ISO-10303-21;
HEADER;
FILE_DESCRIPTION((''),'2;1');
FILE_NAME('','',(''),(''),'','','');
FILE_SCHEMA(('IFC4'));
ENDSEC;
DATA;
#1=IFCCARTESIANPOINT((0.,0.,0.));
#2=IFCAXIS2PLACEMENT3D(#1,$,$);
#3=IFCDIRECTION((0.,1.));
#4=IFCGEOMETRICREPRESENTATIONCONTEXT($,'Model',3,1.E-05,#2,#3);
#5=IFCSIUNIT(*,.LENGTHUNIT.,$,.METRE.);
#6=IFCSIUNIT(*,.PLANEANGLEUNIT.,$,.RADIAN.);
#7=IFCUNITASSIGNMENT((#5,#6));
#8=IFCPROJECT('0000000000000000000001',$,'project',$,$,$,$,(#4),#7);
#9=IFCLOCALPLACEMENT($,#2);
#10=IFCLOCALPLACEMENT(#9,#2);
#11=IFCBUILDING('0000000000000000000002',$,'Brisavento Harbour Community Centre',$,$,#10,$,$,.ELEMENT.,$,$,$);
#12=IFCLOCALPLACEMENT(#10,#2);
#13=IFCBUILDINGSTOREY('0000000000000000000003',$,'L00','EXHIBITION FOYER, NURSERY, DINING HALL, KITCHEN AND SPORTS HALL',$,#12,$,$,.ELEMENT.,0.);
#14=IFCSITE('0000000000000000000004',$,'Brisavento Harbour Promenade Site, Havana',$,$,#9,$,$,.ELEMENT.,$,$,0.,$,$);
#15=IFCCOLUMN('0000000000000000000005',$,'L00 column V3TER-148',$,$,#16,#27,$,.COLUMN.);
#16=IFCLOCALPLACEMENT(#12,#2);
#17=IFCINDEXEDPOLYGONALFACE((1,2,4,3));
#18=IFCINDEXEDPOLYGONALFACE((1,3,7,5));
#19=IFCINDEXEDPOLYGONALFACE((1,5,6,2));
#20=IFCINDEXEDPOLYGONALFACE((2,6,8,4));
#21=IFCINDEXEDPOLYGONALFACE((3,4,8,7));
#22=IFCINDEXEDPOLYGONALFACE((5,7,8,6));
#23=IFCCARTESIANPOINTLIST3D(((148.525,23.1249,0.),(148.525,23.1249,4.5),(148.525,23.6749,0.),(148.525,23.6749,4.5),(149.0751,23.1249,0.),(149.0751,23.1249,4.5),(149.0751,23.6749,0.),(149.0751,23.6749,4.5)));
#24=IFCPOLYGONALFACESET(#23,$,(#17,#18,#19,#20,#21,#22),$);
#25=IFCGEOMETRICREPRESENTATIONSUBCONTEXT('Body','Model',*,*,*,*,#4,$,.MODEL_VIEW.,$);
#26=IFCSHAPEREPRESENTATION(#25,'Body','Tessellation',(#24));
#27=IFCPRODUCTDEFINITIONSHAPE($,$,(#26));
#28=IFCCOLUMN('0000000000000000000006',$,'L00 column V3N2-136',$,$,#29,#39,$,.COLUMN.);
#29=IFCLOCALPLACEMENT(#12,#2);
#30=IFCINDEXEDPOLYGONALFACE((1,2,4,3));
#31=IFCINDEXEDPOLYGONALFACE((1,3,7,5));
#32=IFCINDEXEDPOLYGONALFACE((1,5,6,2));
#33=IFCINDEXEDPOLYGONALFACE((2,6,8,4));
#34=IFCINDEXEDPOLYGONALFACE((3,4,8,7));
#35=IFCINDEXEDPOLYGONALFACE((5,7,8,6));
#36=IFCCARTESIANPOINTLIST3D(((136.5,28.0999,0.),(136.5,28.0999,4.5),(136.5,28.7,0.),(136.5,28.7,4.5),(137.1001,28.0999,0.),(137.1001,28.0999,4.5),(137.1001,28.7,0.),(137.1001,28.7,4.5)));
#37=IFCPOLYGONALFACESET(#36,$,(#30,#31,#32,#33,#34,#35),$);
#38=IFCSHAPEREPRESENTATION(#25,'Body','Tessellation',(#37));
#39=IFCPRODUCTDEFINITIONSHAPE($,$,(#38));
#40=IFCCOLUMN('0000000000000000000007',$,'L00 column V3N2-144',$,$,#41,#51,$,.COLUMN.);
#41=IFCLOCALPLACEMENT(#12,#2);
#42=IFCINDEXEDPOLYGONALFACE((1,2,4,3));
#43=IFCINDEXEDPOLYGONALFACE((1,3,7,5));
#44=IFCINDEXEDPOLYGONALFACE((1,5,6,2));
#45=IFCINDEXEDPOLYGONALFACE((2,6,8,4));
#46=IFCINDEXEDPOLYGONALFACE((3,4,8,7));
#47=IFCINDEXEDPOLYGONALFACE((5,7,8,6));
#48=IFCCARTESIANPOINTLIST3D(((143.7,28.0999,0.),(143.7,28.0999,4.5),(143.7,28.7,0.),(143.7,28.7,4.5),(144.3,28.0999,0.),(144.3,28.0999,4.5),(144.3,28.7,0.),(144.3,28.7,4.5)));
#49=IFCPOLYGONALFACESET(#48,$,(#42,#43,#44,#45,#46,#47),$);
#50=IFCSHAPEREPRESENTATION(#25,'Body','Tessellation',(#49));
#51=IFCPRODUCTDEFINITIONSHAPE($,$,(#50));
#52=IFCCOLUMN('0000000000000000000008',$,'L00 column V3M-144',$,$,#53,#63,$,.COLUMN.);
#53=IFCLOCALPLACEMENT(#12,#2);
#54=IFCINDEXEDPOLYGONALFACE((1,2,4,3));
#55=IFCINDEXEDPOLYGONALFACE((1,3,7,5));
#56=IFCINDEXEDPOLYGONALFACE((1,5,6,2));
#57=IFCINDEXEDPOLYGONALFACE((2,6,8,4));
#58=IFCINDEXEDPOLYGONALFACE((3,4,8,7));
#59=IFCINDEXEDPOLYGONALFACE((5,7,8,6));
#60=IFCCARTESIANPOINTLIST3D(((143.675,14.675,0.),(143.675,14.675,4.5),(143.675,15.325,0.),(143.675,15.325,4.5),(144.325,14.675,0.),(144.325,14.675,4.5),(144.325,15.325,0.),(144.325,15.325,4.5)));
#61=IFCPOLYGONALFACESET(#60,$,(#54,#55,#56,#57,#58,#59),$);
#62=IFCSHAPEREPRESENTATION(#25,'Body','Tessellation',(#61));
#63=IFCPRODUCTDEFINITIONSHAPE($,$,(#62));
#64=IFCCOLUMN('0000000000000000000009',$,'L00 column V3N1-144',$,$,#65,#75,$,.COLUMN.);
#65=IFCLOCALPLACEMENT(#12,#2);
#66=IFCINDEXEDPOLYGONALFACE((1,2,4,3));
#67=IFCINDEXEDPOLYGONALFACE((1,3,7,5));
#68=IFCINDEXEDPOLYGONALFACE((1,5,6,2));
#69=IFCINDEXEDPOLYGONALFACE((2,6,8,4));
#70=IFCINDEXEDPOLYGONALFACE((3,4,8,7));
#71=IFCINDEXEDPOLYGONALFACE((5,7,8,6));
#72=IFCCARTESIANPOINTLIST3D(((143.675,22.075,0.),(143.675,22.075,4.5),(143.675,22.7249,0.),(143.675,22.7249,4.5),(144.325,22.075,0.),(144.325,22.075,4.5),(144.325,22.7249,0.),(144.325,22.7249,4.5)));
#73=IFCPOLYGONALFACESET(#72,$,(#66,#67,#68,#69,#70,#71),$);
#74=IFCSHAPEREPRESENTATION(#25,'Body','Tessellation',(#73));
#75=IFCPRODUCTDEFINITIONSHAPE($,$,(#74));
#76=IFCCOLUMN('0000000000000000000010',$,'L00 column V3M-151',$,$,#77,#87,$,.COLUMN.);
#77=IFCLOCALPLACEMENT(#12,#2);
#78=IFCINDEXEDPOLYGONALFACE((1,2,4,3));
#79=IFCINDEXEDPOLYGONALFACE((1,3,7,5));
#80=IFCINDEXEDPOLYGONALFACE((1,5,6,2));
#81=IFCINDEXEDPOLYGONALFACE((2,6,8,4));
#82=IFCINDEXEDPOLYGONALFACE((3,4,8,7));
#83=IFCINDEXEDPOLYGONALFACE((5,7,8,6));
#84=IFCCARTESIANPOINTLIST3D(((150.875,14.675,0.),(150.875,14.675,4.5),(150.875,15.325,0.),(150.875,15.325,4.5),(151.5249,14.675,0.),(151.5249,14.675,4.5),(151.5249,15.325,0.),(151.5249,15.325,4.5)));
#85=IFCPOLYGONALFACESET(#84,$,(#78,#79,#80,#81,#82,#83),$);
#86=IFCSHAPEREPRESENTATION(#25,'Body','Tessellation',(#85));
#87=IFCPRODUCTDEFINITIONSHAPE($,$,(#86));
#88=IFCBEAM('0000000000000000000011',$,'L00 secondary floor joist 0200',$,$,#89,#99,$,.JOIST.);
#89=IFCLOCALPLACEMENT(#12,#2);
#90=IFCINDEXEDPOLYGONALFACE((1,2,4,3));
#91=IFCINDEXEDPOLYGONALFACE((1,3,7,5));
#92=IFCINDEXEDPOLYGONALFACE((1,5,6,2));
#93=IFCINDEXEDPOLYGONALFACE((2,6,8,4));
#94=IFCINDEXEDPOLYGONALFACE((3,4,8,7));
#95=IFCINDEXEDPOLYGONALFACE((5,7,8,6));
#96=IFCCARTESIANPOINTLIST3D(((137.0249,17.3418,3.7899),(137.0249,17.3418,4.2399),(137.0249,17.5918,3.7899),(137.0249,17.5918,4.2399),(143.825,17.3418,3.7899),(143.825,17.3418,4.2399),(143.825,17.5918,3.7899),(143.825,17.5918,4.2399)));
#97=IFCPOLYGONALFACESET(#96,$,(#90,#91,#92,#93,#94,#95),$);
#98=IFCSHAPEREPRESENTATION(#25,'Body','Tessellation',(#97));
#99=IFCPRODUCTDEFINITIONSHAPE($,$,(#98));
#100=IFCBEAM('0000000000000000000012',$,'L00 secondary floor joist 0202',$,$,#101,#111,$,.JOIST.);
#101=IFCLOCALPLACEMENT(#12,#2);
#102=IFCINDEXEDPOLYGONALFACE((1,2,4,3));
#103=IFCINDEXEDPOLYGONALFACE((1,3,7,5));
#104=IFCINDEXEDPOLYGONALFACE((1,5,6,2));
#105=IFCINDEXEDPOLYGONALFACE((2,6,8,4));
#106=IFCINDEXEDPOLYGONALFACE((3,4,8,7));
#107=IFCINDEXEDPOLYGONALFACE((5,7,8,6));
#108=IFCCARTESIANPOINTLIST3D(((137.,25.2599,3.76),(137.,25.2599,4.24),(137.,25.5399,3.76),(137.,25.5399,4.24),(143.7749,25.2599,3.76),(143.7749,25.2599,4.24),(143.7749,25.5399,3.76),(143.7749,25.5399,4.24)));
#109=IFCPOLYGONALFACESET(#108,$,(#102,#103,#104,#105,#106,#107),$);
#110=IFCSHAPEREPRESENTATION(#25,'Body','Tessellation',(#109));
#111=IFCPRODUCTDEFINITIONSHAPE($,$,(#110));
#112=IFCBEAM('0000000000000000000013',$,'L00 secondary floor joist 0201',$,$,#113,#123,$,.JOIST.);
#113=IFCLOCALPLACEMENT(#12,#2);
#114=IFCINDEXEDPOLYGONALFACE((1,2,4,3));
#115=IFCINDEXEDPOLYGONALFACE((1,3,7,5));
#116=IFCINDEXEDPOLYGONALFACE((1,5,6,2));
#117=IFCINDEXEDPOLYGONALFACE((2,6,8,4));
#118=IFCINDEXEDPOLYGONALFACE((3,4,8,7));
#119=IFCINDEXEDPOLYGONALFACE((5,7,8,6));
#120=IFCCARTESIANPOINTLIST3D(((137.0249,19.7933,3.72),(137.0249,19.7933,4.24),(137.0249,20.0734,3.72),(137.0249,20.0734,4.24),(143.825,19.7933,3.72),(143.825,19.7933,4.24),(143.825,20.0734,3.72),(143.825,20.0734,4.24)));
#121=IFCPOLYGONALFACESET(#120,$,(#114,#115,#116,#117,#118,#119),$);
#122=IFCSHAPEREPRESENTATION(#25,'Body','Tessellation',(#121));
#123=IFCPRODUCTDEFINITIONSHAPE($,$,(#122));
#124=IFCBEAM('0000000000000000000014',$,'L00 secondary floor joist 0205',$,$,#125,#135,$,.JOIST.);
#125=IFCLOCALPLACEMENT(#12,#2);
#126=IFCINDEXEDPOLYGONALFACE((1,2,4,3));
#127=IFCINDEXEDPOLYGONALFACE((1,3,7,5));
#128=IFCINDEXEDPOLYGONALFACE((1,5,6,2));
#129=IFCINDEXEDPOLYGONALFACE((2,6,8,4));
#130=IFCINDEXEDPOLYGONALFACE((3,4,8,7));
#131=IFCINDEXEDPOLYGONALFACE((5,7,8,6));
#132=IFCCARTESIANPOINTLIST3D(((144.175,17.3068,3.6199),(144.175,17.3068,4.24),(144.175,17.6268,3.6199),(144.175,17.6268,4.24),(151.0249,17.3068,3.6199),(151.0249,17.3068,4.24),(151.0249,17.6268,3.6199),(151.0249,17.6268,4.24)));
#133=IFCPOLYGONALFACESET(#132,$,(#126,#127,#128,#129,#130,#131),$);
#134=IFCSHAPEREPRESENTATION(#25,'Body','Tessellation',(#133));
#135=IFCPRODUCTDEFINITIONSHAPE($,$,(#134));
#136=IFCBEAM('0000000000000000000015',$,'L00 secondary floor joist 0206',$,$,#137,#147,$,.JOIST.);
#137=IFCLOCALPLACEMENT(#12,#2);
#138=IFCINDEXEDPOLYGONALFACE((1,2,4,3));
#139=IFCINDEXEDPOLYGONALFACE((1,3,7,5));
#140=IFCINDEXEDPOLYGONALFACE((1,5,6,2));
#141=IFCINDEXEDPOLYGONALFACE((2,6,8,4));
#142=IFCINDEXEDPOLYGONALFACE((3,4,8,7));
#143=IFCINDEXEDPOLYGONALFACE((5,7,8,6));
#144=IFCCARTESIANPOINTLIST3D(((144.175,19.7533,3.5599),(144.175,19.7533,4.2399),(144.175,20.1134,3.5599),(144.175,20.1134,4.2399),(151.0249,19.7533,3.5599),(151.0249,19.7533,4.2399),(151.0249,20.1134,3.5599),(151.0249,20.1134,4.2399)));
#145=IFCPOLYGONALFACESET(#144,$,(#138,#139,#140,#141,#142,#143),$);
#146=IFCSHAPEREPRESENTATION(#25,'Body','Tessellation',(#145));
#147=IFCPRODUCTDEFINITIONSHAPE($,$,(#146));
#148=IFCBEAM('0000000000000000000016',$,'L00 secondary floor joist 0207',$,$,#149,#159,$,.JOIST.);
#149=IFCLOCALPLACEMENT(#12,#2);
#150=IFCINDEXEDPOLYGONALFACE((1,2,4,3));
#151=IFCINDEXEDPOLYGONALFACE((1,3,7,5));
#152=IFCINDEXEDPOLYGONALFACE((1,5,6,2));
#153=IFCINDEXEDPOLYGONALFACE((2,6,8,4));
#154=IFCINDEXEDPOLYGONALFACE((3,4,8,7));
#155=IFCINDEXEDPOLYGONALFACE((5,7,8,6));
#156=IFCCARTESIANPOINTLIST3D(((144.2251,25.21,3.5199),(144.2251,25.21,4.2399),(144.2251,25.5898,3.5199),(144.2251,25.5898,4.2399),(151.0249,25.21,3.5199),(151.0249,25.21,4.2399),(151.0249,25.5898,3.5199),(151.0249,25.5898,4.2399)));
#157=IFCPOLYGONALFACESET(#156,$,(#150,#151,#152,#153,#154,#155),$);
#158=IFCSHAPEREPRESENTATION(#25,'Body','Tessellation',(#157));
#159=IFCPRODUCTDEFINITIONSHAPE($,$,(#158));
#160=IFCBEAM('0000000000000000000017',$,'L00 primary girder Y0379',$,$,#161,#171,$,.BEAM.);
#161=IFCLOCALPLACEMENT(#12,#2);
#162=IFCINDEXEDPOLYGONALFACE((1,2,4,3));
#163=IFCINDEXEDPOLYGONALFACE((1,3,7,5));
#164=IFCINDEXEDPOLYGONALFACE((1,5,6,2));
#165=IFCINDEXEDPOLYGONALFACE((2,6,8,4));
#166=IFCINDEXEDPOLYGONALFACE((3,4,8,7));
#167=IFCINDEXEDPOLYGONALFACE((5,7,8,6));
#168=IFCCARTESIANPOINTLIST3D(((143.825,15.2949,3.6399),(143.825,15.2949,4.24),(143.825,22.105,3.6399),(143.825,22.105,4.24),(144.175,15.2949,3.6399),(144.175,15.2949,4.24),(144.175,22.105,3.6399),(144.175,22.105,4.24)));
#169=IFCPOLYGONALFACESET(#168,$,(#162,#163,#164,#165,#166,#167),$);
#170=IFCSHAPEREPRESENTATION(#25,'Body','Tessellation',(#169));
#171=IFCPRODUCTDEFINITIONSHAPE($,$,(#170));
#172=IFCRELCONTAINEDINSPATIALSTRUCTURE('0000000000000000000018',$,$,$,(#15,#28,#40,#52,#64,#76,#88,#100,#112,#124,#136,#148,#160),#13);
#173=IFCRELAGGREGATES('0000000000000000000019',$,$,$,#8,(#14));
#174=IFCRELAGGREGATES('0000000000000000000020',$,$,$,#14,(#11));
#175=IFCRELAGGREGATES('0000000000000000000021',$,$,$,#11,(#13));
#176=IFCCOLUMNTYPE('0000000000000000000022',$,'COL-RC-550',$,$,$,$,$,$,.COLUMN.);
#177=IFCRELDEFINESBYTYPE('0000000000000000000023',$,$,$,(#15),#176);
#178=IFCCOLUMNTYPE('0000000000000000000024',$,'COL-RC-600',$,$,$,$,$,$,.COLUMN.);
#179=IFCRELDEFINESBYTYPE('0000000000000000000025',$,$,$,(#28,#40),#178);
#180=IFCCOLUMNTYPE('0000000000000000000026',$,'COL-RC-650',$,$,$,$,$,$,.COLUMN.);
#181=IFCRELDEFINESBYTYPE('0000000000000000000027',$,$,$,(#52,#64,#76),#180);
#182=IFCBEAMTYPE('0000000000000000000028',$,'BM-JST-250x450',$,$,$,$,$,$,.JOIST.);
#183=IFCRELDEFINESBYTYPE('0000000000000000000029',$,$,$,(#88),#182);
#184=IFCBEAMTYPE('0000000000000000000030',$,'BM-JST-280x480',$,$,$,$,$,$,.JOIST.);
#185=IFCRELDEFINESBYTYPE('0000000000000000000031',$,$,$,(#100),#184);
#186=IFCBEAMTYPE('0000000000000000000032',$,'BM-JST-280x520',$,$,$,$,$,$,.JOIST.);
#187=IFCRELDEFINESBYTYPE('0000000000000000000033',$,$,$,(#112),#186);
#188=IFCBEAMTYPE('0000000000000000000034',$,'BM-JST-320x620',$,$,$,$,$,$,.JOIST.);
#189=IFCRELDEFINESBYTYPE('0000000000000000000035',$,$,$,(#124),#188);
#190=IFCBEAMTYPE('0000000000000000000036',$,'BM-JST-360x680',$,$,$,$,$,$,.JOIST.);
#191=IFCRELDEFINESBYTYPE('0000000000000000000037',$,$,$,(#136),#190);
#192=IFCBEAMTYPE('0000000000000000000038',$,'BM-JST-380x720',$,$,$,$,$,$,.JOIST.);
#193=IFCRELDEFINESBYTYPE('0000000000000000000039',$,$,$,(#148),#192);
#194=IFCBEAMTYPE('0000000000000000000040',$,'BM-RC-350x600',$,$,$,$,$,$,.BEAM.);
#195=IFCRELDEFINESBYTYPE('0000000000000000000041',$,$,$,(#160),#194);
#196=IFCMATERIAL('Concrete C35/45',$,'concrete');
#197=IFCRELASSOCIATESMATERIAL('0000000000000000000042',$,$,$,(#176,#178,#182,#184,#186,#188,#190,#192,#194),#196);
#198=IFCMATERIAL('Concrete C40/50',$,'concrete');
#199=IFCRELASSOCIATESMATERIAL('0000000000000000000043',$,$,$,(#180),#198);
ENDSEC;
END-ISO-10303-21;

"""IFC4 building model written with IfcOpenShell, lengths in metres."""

from ifc_helpers import new_model, si_unit, direction, frame, origin, origin_2d, place, context, subcontext, project, spatial, rectangle, extrude, material, material_profile, profile_set, type_object, element, save


model = new_model("IFC4")

# Units and contexts
model_context = context("Model", 3, precision=1e-05, world=origin(), true_north=direction((0.0, 1.0)))
body_context = subcontext(model_context, "Body", "Model", "MODEL_VIEW")
ifc_project = project(units=[si_unit("LENGTHUNIT", "METRE"), si_unit("PLANEANGLEUNIT", "RADIAN")], contexts=[model_context])

# Site, building, storey
site_placement = place(None, origin())
site = spatial("IfcSite", under=ifc_project, at=site_placement, Name="Brisavento Harbour Promenade Site, Havana", CompositionType="ELEMENT", RefElevation=0.0)
building_placement = place(site_placement, origin())
building = spatial("IfcBuilding", under=site, at=building_placement, Name="Brisavento Harbour Community Centre", CompositionType="ELEMENT")
storey_placement = place(building_placement, origin())
storey = spatial("IfcBuildingStorey", under=building, at=storey_placement, Name="L00", Description="EXHIBITION FOYER, NURSERY, DINING HALL, KITCHEN AND SPORTS HALL", CompositionType="ELEMENT", Elevation=0.0)

# Columns
ifc_material_1 = material(Name="Concrete C35/45", Category="concrete")
ifc_material_profile_1 = material_profile(ifc_material_1, rectangle(XDim=0.55, YDim=0.55, at=origin_2d()), Name="Concrete C35/45")
ifc_profile_set_1 = profile_set([ifc_material_profile_1], Name="Concrete C35/45")
column_type_1 = type_object("IfcColumnType", Name="COL-RC-550", PredefinedType="COLUMN", material=ifc_profile_set_1)
column_placement = place(storey_placement, frame((148.8, 23.3999, 0.0), z_axis=(0.0, 0.0, 1.0), x_axis=(1.0, 0.0, 0.0)))
element("IfcColumn", 1, at=column_placement, inside=storey, type_object=column_type_1, Name="L00 column V3TER-148", PredefinedType="COLUMN", context=body_context, shape_type="SweptSolid", body=[
    extrude(rectangle(XDim=0.55, YDim=0.55, at=origin_2d()), origin(), (0.0, 0.0, 1.0), 4.5),
])
ifc_material_profile_2 = material_profile(ifc_material_1, rectangle(XDim=0.6001, YDim=0.6001, at=origin_2d()), Name="Concrete C35/45")
ifc_profile_set_2 = profile_set([ifc_material_profile_2], Name="Concrete C35/45")
column_type_2 = type_object("IfcColumnType", Name="COL-RC-600", PredefinedType="COLUMN", material=ifc_profile_set_2)
for number, where, z_axis, x_axis, name in (
    (2, (136.8, 28.3999, 0.0), (0.0, 0.0, 1.0), (1.0, 0.0, 0.0), "L00 column V3N2-136"),
    (3, (144.0, 28.3999, 0.0), (0.0, 0.0, 1.0), (1.0, 0.0, 0.0), "L00 column V3N2-144"),
):
    element("IfcColumn", number, at=place(storey_placement, frame(where, z_axis=z_axis, x_axis=x_axis)), inside=storey, type_object=column_type_2, Name=name, PredefinedType="COLUMN", context=body_context, shape_type="SweptSolid", body=[
        extrude(rectangle(XDim=0.6001, YDim=0.6001, at=origin_2d()), origin(), (0.0, 0.0, 1.0), 4.5),
    ])
ifc_material_2 = material(Name="Concrete C40/50", Category="concrete")
ifc_material_profile_3 = material_profile(ifc_material_2, rectangle(XDim=0.6499, YDim=0.6499, at=origin_2d()), Name="Concrete C40/50")
ifc_profile_set_3 = profile_set([ifc_material_profile_3], Name="Concrete C40/50")
column_type_3 = type_object("IfcColumnType", Name="COL-RC-650", PredefinedType="COLUMN", material=ifc_profile_set_3)
for number, where, z_axis, x_axis, name in (
    (4, (144.0, 15.0, 0.0), (0.0, 0.0, 1.0), (1.0, 0.0, 0.0), "L00 column V3M-144"),
    (5, (144.0, 22.3999, 0.0), (0.0, 0.0, 1.0), (1.0, 0.0, 0.0), "L00 column V3N1-144"),
    (6, (151.2, 15.0, 0.0), (0.0, 0.0, 1.0), (1.0, 0.0, 0.0), "L00 column V3M-151"),
):
    element("IfcColumn", number, at=place(storey_placement, frame(where, z_axis=z_axis, x_axis=x_axis)), inside=storey, type_object=column_type_3, Name=name, PredefinedType="COLUMN", context=body_context, shape_type="SweptSolid", body=[
        extrude(rectangle(XDim=0.6499, YDim=0.6499, at=origin_2d()), origin(), (0.0, 0.0, 1.0), 4.5),
    ])

# Beams
ifc_material_profile_4 = material_profile(ifc_material_1, rectangle(XDim=0.25, YDim=0.45, at=origin_2d()), Name="Concrete C35/45")
ifc_profile_set_4 = profile_set([ifc_material_profile_4], Name="Concrete C35/45")
beam_type_1 = type_object("IfcBeamType", Name="BM-JST-250x450", PredefinedType="JOIST", material=ifc_profile_set_4)
beam_1_placement = place(storey_placement, frame((137.0249, 17.4668, 4.0149), z_axis=(1.0, 0.0, 0.0), x_axis=(0.0, 1.0, 0.0)))
element("IfcBeam", 7, at=beam_1_placement, inside=storey, type_object=beam_type_1, Name="L00 secondary floor joist 0200", PredefinedType="JOIST", context=body_context, shape_type="SweptSolid", body=[
    extrude(rectangle(XDim=0.25, YDim=0.45, at=origin_2d()), origin(), (0.0, 0.0, 1.0), 6.8),
])
ifc_material_profile_5 = material_profile(ifc_material_1, rectangle(XDim=0.28, YDim=0.48, at=origin_2d()), Name="Concrete C35/45")
ifc_profile_set_5 = profile_set([ifc_material_profile_5], Name="Concrete C35/45")
beam_type_2 = type_object("IfcBeamType", Name="BM-JST-280x480", PredefinedType="JOIST", material=ifc_profile_set_5)
beam_2_placement = place(storey_placement, frame((137.0, 25.3999, 4.0), z_axis=(1.0, 0.0, 0.0), x_axis=(0.0, 1.0, 0.0)))
element("IfcBeam", 8, at=beam_2_placement, inside=storey, type_object=beam_type_2, Name="L00 secondary floor joist 0202", PredefinedType="JOIST", context=body_context, shape_type="SweptSolid", body=[
    extrude(rectangle(XDim=0.28, YDim=0.48, at=origin_2d()), origin(), (0.0, 0.0, 1.0), 6.7749),
])
ifc_material_profile_6 = material_profile(ifc_material_1, rectangle(XDim=0.28, YDim=0.52, at=origin_2d()), Name="Concrete C35/45")
ifc_profile_set_6 = profile_set([ifc_material_profile_6], Name="Concrete C35/45")
beam_type_3 = type_object("IfcBeamType", Name="BM-JST-280x520", PredefinedType="JOIST", material=ifc_profile_set_6)
beam_3_placement = place(storey_placement, frame((137.0249, 19.9333, 3.98), z_axis=(1.0, 0.0, 0.0), x_axis=(0.0, 1.0, 0.0)))
element("IfcBeam", 9, at=beam_3_placement, inside=storey, type_object=beam_type_3, Name="L00 secondary floor joist 0201", PredefinedType="JOIST", context=body_context, shape_type="SweptSolid", body=[
    extrude(rectangle(XDim=0.28, YDim=0.52, at=origin_2d()), origin(), (0.0, 0.0, 1.0), 6.8),
])
ifc_material_profile_7 = material_profile(ifc_material_1, rectangle(XDim=0.3201, YDim=0.6201, at=origin_2d()), Name="Concrete C35/45")
ifc_profile_set_7 = profile_set([ifc_material_profile_7], Name="Concrete C35/45")
beam_type_4 = type_object("IfcBeamType", Name="BM-JST-320x620", PredefinedType="JOIST", material=ifc_profile_set_7)
beam_4_placement = place(storey_placement, frame((144.175, 17.4668, 3.9299), z_axis=(1.0, 0.0, 0.0), x_axis=(0.0, 1.0, 0.0)))
element("IfcBeam", 10, at=beam_4_placement, inside=storey, type_object=beam_type_4, Name="L00 secondary floor joist 0205", PredefinedType="JOIST", context=body_context, shape_type="SweptSolid", body=[
    extrude(rectangle(XDim=0.3201, YDim=0.6201, at=origin_2d()), origin(), (0.0, 0.0, 1.0), 6.8499),
])
ifc_material_profile_8 = material_profile(ifc_material_1, rectangle(XDim=0.3601, YDim=0.6799, at=origin_2d()), Name="Concrete C35/45")
ifc_profile_set_8 = profile_set([ifc_material_profile_8], Name="Concrete C35/45")
beam_type_5 = type_object("IfcBeamType", Name="BM-JST-360x680", PredefinedType="JOIST", material=ifc_profile_set_8)
beam_5_placement = place(storey_placement, frame((144.175, 19.9333, 3.8999), z_axis=(1.0, 0.0, 0.0), x_axis=(0.0, 1.0, 0.0)))
element("IfcBeam", 11, at=beam_5_placement, inside=storey, type_object=beam_type_5, Name="L00 secondary floor joist 0206", PredefinedType="JOIST", context=body_context, shape_type="SweptSolid", body=[
    extrude(rectangle(XDim=0.3601, YDim=0.6799, at=origin_2d()), origin(), (0.0, 0.0, 1.0), 6.8499),
])
ifc_material_profile_9 = material_profile(ifc_material_1, rectangle(XDim=0.3799, YDim=0.72, at=origin_2d()), Name="Concrete C35/45")
ifc_profile_set_9 = profile_set([ifc_material_profile_9], Name="Concrete C35/45")
beam_type_6 = type_object("IfcBeamType", Name="BM-JST-380x720", PredefinedType="JOIST", material=ifc_profile_set_9)
beam_6_placement = place(storey_placement, frame((144.2251, 25.3999, 3.8799), z_axis=(1.0, 0.0, 0.0), x_axis=(0.0, 1.0, 0.0)))
element("IfcBeam", 12, at=beam_6_placement, inside=storey, type_object=beam_type_6, Name="L00 secondary floor joist 0207", PredefinedType="JOIST", context=body_context, shape_type="SweptSolid", body=[
    extrude(rectangle(XDim=0.3799, YDim=0.72, at=origin_2d()), origin(), (0.0, 0.0, 1.0), 6.7998),
])
ifc_material_profile_10 = material_profile(ifc_material_1, rectangle(XDim=0.3501, YDim=0.6001, at=origin_2d()), Name="Concrete C35/45")
ifc_profile_set_10 = profile_set([ifc_material_profile_10], Name="Concrete C35/45")
beam_type_7 = type_object("IfcBeamType", Name="BM-RC-350x600", PredefinedType="BEAM", material=ifc_profile_set_10)
beam_7_placement = place(storey_placement, frame((144.0, 15.2949, 3.9399), z_axis=(0.0, 1.0, 0.0), x_axis=(-1.0, 0.0, 0.0)))
element("IfcBeam", 13, at=beam_7_placement, inside=storey, type_object=beam_type_7, Name="L00 primary girder Y0379", PredefinedType="BEAM", context=body_context, shape_type="SweptSolid", body=[
    extrude(rectangle(XDim=0.3501, YDim=0.6001, at=origin_2d()), origin(), (0.0, 0.0, 1.0), 6.8101),
])

save(model, "model.ifc")
